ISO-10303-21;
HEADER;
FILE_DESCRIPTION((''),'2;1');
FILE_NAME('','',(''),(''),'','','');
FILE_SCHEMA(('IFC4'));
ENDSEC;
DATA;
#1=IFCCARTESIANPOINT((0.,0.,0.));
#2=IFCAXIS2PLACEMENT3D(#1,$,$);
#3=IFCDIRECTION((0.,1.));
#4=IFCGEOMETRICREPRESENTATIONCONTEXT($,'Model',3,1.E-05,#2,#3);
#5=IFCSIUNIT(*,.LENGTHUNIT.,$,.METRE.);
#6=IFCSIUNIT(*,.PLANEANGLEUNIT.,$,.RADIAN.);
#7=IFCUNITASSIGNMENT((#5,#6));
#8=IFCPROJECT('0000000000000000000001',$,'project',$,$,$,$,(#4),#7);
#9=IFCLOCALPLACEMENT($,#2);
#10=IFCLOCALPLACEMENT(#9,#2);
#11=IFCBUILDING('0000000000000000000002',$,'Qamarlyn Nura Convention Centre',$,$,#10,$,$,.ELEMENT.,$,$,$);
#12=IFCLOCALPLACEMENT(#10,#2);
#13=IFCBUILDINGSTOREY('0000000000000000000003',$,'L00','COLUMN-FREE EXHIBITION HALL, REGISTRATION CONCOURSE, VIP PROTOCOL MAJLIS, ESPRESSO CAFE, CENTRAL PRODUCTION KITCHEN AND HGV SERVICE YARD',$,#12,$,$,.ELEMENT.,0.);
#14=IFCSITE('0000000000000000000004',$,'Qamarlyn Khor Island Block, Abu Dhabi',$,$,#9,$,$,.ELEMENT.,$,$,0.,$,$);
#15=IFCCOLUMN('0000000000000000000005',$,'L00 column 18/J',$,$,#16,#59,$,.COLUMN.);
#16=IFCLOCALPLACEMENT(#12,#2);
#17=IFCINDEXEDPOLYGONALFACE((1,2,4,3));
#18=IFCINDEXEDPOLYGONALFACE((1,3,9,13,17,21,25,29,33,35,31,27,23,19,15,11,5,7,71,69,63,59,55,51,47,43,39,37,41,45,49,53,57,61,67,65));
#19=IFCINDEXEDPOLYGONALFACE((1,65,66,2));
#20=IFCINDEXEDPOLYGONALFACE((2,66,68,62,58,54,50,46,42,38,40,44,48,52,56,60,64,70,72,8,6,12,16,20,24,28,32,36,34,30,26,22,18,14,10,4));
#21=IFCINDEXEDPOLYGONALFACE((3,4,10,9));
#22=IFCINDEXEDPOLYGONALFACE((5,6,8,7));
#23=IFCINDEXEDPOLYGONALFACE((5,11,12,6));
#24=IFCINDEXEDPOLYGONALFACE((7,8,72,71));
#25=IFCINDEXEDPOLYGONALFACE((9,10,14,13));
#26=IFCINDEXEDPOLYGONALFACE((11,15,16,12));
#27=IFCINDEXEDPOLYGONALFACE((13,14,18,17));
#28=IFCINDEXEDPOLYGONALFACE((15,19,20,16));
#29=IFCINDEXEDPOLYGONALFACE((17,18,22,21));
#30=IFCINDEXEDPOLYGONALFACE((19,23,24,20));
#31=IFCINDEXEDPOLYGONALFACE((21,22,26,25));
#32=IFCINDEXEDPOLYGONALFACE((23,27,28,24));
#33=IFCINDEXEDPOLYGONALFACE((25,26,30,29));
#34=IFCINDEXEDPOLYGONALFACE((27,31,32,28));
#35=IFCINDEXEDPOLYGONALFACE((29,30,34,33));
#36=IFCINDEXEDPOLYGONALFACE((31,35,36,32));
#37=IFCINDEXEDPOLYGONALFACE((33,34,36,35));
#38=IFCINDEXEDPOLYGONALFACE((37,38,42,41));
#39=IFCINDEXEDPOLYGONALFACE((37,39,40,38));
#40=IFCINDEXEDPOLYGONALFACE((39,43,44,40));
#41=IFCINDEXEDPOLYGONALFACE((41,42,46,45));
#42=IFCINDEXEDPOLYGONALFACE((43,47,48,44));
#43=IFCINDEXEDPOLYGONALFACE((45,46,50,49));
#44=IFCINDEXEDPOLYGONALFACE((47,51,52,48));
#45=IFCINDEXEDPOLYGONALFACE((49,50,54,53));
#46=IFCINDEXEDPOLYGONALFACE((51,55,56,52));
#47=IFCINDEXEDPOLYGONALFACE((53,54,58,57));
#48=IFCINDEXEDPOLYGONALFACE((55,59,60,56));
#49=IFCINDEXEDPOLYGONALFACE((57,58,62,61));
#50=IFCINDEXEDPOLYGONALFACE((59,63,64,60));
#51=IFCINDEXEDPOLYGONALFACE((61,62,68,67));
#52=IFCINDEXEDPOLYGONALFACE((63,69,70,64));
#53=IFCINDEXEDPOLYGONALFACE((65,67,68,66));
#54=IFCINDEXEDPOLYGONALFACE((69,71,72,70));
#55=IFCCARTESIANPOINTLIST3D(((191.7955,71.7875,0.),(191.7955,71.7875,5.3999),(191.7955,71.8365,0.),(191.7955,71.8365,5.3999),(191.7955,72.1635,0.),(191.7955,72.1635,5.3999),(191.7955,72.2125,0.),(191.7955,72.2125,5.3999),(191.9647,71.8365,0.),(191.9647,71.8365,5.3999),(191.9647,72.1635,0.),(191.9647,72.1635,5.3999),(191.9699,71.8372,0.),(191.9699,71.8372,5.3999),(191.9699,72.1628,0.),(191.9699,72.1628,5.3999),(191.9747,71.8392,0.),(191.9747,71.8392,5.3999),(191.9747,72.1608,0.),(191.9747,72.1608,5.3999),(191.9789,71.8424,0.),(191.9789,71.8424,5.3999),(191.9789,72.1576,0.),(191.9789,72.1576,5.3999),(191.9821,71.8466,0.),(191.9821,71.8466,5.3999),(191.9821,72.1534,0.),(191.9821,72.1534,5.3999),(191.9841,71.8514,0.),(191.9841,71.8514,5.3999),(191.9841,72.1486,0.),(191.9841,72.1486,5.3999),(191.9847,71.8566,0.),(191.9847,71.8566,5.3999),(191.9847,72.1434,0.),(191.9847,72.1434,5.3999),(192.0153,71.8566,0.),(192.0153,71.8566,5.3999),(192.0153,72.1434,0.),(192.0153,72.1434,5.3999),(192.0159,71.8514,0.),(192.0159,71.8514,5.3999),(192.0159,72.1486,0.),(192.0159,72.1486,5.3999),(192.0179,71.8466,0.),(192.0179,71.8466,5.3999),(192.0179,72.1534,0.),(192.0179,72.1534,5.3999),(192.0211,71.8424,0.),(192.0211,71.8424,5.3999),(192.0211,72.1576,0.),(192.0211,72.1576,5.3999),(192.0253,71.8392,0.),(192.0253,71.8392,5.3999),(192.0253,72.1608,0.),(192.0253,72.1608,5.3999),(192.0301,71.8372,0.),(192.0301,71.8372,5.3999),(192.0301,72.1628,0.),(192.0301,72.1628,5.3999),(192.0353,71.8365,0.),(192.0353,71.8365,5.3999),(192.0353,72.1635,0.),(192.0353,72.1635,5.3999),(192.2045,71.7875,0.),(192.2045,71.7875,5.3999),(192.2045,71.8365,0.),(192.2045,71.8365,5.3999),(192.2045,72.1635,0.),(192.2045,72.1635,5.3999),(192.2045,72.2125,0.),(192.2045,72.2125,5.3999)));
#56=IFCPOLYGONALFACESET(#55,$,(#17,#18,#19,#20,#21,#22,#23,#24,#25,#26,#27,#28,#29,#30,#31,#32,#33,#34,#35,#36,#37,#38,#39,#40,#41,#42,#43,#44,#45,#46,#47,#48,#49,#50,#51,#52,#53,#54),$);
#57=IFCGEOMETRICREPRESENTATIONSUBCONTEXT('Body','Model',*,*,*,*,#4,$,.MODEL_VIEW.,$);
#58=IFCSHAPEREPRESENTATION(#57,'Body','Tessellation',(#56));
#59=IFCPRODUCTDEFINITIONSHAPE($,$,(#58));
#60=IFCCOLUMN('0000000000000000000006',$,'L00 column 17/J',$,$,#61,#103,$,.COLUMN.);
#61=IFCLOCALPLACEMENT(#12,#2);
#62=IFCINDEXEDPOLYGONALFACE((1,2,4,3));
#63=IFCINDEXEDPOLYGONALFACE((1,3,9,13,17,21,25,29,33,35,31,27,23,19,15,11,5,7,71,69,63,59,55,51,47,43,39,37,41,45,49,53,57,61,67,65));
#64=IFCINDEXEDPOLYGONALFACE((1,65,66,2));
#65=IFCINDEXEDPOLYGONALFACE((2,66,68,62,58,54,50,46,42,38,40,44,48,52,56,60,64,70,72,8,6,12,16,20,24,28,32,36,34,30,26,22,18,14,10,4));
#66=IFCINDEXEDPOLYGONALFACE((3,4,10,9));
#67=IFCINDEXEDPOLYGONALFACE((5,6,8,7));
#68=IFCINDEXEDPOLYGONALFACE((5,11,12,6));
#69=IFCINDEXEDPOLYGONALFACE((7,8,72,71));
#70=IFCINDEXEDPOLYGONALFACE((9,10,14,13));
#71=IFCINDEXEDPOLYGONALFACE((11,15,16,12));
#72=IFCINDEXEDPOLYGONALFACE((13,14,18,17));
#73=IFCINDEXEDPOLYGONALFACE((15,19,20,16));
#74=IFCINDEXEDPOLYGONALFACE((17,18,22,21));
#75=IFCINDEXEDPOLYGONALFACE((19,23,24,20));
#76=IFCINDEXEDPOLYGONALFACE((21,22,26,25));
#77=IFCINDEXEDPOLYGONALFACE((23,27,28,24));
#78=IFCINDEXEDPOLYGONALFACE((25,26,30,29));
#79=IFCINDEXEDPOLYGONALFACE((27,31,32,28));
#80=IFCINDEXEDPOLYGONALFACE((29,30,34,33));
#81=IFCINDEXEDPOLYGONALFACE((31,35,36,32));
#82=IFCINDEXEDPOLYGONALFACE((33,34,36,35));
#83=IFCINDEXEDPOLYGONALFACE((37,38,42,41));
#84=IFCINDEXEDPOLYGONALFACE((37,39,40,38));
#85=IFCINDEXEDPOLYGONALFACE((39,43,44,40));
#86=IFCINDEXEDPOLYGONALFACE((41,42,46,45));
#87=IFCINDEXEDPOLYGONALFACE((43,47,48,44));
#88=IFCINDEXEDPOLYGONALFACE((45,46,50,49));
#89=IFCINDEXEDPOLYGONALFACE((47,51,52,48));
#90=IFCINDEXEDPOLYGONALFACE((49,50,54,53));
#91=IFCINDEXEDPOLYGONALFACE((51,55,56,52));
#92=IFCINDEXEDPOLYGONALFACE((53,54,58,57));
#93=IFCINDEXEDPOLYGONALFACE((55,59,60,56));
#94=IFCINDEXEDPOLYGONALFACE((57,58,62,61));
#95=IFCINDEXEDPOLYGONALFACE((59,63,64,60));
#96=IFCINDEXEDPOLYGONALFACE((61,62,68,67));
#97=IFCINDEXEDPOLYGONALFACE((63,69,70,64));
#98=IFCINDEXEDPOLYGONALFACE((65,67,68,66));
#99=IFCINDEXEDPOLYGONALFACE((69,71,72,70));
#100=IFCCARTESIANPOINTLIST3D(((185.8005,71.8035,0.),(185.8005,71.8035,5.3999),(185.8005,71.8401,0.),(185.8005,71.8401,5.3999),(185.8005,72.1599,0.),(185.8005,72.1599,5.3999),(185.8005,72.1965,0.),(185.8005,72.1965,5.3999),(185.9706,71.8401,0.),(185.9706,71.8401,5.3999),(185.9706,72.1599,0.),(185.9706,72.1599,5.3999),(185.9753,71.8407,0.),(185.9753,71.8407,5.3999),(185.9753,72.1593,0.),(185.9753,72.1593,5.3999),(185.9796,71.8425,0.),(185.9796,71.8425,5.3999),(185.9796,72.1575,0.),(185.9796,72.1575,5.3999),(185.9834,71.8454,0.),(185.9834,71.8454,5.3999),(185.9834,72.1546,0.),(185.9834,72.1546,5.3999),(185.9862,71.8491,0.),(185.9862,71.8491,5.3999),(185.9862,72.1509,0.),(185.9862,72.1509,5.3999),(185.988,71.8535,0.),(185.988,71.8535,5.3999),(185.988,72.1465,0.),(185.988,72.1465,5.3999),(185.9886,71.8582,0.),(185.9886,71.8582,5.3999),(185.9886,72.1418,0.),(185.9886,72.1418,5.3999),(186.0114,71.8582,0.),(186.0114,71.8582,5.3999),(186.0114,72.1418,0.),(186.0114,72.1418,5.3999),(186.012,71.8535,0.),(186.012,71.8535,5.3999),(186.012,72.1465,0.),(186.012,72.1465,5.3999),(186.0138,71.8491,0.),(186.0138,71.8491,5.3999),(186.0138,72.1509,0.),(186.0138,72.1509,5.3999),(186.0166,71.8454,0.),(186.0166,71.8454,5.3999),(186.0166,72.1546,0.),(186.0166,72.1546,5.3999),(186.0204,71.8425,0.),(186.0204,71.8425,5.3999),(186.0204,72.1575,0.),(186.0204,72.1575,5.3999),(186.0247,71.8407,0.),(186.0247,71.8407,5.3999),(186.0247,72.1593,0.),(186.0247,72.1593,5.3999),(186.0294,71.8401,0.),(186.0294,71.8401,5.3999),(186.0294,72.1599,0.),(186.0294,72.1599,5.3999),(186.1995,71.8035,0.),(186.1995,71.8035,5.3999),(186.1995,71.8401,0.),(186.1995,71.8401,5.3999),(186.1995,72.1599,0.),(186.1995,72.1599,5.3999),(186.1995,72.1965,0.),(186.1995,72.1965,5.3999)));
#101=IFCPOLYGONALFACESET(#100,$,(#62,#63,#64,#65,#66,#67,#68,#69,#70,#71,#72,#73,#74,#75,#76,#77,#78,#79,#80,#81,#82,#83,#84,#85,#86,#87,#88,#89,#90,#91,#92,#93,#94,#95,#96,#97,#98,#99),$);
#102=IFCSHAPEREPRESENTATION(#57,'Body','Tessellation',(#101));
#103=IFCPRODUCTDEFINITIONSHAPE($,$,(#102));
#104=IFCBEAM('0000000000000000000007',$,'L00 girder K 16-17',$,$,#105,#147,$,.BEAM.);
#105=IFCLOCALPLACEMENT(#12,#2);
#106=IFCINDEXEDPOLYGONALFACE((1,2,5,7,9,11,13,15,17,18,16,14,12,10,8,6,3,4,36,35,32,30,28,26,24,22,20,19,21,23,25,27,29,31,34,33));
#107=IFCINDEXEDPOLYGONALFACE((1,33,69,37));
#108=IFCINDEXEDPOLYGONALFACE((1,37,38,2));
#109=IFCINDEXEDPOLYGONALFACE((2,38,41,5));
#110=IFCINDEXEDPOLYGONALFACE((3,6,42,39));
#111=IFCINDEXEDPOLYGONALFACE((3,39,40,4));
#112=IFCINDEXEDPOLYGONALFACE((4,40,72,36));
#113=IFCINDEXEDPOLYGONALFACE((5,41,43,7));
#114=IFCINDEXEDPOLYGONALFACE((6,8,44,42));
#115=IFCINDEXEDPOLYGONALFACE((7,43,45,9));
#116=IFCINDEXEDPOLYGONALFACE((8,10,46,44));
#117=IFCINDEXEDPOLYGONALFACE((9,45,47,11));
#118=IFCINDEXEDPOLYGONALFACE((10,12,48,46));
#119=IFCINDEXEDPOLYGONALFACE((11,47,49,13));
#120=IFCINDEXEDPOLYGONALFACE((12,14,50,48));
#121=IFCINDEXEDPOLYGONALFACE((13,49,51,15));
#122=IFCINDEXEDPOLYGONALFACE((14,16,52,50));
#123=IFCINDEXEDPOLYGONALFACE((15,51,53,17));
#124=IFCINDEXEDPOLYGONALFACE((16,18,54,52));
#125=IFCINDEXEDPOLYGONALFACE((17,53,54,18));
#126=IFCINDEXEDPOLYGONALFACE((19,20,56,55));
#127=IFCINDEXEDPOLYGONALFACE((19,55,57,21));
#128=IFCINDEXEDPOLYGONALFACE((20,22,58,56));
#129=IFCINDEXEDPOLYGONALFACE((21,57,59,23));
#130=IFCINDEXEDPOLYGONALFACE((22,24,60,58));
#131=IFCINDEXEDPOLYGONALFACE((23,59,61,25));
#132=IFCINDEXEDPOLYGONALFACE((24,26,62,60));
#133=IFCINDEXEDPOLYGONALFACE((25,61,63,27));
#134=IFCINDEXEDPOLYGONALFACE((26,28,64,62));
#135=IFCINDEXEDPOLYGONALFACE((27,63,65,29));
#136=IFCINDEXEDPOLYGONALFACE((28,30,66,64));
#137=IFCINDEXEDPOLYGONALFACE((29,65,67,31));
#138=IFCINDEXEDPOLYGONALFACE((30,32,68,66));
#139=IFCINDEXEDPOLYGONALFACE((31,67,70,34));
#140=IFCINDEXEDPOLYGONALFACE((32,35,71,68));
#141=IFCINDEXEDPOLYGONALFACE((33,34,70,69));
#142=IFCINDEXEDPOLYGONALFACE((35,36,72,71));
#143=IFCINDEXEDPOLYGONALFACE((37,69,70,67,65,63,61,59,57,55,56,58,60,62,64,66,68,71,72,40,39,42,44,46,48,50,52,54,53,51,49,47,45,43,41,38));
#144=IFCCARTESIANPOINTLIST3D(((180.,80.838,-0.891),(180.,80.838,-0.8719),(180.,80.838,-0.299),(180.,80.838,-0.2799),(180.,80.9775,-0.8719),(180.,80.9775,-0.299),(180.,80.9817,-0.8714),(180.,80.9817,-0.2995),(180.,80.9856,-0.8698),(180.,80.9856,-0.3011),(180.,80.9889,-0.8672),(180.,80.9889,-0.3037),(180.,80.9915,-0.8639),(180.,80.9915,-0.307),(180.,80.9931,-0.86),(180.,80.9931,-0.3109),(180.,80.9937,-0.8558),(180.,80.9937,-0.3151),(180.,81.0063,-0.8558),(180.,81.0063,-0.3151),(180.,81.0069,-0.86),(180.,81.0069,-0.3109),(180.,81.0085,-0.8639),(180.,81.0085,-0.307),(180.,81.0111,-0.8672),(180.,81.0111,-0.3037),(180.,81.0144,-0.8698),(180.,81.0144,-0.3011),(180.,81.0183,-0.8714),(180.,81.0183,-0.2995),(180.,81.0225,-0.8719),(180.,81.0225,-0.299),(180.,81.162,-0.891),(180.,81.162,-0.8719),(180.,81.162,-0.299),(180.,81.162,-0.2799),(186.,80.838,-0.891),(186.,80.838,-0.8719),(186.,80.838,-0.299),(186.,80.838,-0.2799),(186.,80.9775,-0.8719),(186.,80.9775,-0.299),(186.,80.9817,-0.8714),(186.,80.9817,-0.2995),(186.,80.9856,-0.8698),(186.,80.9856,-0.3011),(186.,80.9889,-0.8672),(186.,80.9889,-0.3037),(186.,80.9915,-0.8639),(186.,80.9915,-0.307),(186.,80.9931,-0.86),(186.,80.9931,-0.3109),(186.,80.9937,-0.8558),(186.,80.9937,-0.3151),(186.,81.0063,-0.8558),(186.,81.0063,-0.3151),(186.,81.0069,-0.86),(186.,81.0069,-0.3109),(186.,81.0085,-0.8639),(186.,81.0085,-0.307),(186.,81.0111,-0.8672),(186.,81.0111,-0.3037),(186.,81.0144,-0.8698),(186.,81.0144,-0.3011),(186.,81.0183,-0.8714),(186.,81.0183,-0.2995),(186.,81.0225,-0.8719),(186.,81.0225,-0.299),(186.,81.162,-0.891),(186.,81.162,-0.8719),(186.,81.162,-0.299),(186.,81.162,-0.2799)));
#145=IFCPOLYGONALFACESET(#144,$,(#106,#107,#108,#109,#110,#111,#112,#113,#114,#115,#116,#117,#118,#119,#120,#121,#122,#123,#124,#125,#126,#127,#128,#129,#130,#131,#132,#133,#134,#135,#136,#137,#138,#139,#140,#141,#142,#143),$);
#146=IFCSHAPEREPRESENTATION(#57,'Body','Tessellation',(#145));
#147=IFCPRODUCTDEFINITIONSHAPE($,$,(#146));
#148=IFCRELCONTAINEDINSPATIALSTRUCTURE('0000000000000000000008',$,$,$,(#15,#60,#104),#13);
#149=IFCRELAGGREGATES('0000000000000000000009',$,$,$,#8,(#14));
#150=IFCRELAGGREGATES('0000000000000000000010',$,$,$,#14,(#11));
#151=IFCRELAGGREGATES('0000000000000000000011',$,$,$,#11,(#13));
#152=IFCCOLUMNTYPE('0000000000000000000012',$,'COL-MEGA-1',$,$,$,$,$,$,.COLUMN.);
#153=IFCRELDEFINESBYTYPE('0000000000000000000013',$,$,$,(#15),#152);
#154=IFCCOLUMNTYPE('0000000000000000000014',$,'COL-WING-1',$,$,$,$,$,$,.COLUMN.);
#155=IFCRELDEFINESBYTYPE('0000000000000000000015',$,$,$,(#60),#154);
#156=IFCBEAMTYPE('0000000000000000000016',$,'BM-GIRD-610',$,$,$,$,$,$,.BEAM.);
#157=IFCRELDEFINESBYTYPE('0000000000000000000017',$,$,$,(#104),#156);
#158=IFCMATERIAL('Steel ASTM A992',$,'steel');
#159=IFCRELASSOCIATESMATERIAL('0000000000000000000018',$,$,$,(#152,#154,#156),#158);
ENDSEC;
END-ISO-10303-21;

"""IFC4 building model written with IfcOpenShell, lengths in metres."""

from ifc_helpers import new_model, si_unit, direction, frame, origin, origin_2d, place, context, subcontext, project, spatial, i_section, extrude, material, material_profile, profile_set, type_object, element, save


model = new_model("IFC4")

# Units and contexts
model_context = context("Model", 3, precision=1e-05, world=origin(), true_north=direction((0.0, 1.0)))
body_context = subcontext(model_context, "Body", "Model", "MODEL_VIEW")
ifc_project = project(units=[si_unit("LENGTHUNIT", "METRE"), si_unit("PLANEANGLEUNIT", "RADIAN")], contexts=[model_context])

# Site, building, storey
site_placement = place(None, origin())
site = spatial("IfcSite", under=ifc_project, at=site_placement, Name="Qamarlyn Khor Island Block, Abu Dhabi", CompositionType="ELEMENT", RefElevation=0.0)
building_placement = place(site_placement, origin())
building = spatial("IfcBuilding", under=site, at=building_placement, Name="Qamarlyn Nura Convention Centre", CompositionType="ELEMENT")
storey_placement = place(building_placement, origin())
storey = spatial("IfcBuildingStorey", under=building, at=storey_placement, Name="L00", Description="COLUMN-FREE EXHIBITION HALL, REGISTRATION CONCOURSE, VIP PROTOCOL MAJLIS, ESPRESSO CAFE, CENTRAL PRODUCTION KITCHEN AND HGV SERVICE YARD", CompositionType="ELEMENT", Elevation=0.0)

# Columns
ifc_material_1 = material(Name="Steel ASTM A992", Category="steel")
ifc_material_profile_1 = material_profile(ifc_material_1, i_section(OverallWidth=0.4089, OverallDepth=0.425, WebThickness=0.0305, FlangeThickness=0.0491, FilletRadius=0.02, at=origin_2d()), Name="W360X421")
ifc_profile_set_1 = profile_set([ifc_material_profile_1], Name="Steel ASTM A992")
column_type_1 = type_object("IfcColumnType", Name="COL-MEGA-1", PredefinedType="COLUMN", material=ifc_profile_set_1)
column_1_placement = place(storey_placement, frame((192.0, 72.0, 0.0), z_axis=(0.0, 0.0, 1.0), x_axis=(1.0, 0.0, 0.0)))
element("IfcColumn", 1, at=column_1_placement, inside=storey, type_object=column_type_1, Name="L00 column 18/J", PredefinedType="COLUMN", context=body_context, shape_type="SweptSolid", body=[
    extrude(i_section(OverallWidth=0.4089, OverallDepth=0.425, WebThickness=0.0305, FlangeThickness=0.0491, FilletRadius=0.02, at=origin_2d()), origin(), (0.0, 0.0, 1.0), 5.3999),
])
ifc_material_profile_2 = material_profile(ifc_material_1, i_section(OverallWidth=0.3989, OverallDepth=0.3931, WebThickness=0.0227, FlangeThickness=0.0366, FilletRadius=0.0181, at=origin_2d()), Name="W360X287")
ifc_profile_set_2 = profile_set([ifc_material_profile_2], Name="Steel ASTM A992")
column_type_2 = type_object("IfcColumnType", Name="COL-WING-1", PredefinedType="COLUMN", material=ifc_profile_set_2)
column_2_placement = place(storey_placement, frame((186.0, 72.0, 0.0), z_axis=(0.0, 0.0, 1.0), x_axis=(1.0, 0.0, 0.0)))
element("IfcColumn", 2, at=column_2_placement, inside=storey, type_object=column_type_2, Name="L00 column 17/J", PredefinedType="COLUMN", context=body_context, shape_type="SweptSolid", body=[
    extrude(i_section(OverallWidth=0.3989, OverallDepth=0.3931, WebThickness=0.0227, FlangeThickness=0.0366, FilletRadius=0.0181, at=origin_2d()), origin(), (0.0, 0.0, 1.0), 5.3999),
])

# Beam
ifc_material_profile_3 = material_profile(ifc_material_1, i_section(OverallWidth=0.324, OverallDepth=0.6111, WebThickness=0.0127, FlangeThickness=0.019, FilletRadius=0.0161, at=origin_2d()), Name="W610X155")
ifc_profile_set_3 = profile_set([ifc_material_profile_3], Name="Steel ASTM A992")
beam_type_1 = type_object("IfcBeamType", Name="BM-GIRD-610", PredefinedType="BEAM", material=ifc_profile_set_3)
beam_1_placement = place(storey_placement, frame((180.0, 81.0, -0.5854), z_axis=(1.0, 0.0, 0.0), x_axis=(0.0, 1.0, 0.0)))
element("IfcBeam", 3, at=beam_1_placement, inside=storey, type_object=beam_type_1, Name="L00 girder K 16-17", PredefinedType="BEAM", context=body_context, shape_type="SweptSolid", body=[
    extrude(i_section(OverallWidth=0.324, OverallDepth=0.6111, WebThickness=0.0127, FlangeThickness=0.019, FilletRadius=0.0161, at=origin_2d()), origin(), (0.0, 0.0, 1.0), 6.0),
])

save(model, "model.ifc")
